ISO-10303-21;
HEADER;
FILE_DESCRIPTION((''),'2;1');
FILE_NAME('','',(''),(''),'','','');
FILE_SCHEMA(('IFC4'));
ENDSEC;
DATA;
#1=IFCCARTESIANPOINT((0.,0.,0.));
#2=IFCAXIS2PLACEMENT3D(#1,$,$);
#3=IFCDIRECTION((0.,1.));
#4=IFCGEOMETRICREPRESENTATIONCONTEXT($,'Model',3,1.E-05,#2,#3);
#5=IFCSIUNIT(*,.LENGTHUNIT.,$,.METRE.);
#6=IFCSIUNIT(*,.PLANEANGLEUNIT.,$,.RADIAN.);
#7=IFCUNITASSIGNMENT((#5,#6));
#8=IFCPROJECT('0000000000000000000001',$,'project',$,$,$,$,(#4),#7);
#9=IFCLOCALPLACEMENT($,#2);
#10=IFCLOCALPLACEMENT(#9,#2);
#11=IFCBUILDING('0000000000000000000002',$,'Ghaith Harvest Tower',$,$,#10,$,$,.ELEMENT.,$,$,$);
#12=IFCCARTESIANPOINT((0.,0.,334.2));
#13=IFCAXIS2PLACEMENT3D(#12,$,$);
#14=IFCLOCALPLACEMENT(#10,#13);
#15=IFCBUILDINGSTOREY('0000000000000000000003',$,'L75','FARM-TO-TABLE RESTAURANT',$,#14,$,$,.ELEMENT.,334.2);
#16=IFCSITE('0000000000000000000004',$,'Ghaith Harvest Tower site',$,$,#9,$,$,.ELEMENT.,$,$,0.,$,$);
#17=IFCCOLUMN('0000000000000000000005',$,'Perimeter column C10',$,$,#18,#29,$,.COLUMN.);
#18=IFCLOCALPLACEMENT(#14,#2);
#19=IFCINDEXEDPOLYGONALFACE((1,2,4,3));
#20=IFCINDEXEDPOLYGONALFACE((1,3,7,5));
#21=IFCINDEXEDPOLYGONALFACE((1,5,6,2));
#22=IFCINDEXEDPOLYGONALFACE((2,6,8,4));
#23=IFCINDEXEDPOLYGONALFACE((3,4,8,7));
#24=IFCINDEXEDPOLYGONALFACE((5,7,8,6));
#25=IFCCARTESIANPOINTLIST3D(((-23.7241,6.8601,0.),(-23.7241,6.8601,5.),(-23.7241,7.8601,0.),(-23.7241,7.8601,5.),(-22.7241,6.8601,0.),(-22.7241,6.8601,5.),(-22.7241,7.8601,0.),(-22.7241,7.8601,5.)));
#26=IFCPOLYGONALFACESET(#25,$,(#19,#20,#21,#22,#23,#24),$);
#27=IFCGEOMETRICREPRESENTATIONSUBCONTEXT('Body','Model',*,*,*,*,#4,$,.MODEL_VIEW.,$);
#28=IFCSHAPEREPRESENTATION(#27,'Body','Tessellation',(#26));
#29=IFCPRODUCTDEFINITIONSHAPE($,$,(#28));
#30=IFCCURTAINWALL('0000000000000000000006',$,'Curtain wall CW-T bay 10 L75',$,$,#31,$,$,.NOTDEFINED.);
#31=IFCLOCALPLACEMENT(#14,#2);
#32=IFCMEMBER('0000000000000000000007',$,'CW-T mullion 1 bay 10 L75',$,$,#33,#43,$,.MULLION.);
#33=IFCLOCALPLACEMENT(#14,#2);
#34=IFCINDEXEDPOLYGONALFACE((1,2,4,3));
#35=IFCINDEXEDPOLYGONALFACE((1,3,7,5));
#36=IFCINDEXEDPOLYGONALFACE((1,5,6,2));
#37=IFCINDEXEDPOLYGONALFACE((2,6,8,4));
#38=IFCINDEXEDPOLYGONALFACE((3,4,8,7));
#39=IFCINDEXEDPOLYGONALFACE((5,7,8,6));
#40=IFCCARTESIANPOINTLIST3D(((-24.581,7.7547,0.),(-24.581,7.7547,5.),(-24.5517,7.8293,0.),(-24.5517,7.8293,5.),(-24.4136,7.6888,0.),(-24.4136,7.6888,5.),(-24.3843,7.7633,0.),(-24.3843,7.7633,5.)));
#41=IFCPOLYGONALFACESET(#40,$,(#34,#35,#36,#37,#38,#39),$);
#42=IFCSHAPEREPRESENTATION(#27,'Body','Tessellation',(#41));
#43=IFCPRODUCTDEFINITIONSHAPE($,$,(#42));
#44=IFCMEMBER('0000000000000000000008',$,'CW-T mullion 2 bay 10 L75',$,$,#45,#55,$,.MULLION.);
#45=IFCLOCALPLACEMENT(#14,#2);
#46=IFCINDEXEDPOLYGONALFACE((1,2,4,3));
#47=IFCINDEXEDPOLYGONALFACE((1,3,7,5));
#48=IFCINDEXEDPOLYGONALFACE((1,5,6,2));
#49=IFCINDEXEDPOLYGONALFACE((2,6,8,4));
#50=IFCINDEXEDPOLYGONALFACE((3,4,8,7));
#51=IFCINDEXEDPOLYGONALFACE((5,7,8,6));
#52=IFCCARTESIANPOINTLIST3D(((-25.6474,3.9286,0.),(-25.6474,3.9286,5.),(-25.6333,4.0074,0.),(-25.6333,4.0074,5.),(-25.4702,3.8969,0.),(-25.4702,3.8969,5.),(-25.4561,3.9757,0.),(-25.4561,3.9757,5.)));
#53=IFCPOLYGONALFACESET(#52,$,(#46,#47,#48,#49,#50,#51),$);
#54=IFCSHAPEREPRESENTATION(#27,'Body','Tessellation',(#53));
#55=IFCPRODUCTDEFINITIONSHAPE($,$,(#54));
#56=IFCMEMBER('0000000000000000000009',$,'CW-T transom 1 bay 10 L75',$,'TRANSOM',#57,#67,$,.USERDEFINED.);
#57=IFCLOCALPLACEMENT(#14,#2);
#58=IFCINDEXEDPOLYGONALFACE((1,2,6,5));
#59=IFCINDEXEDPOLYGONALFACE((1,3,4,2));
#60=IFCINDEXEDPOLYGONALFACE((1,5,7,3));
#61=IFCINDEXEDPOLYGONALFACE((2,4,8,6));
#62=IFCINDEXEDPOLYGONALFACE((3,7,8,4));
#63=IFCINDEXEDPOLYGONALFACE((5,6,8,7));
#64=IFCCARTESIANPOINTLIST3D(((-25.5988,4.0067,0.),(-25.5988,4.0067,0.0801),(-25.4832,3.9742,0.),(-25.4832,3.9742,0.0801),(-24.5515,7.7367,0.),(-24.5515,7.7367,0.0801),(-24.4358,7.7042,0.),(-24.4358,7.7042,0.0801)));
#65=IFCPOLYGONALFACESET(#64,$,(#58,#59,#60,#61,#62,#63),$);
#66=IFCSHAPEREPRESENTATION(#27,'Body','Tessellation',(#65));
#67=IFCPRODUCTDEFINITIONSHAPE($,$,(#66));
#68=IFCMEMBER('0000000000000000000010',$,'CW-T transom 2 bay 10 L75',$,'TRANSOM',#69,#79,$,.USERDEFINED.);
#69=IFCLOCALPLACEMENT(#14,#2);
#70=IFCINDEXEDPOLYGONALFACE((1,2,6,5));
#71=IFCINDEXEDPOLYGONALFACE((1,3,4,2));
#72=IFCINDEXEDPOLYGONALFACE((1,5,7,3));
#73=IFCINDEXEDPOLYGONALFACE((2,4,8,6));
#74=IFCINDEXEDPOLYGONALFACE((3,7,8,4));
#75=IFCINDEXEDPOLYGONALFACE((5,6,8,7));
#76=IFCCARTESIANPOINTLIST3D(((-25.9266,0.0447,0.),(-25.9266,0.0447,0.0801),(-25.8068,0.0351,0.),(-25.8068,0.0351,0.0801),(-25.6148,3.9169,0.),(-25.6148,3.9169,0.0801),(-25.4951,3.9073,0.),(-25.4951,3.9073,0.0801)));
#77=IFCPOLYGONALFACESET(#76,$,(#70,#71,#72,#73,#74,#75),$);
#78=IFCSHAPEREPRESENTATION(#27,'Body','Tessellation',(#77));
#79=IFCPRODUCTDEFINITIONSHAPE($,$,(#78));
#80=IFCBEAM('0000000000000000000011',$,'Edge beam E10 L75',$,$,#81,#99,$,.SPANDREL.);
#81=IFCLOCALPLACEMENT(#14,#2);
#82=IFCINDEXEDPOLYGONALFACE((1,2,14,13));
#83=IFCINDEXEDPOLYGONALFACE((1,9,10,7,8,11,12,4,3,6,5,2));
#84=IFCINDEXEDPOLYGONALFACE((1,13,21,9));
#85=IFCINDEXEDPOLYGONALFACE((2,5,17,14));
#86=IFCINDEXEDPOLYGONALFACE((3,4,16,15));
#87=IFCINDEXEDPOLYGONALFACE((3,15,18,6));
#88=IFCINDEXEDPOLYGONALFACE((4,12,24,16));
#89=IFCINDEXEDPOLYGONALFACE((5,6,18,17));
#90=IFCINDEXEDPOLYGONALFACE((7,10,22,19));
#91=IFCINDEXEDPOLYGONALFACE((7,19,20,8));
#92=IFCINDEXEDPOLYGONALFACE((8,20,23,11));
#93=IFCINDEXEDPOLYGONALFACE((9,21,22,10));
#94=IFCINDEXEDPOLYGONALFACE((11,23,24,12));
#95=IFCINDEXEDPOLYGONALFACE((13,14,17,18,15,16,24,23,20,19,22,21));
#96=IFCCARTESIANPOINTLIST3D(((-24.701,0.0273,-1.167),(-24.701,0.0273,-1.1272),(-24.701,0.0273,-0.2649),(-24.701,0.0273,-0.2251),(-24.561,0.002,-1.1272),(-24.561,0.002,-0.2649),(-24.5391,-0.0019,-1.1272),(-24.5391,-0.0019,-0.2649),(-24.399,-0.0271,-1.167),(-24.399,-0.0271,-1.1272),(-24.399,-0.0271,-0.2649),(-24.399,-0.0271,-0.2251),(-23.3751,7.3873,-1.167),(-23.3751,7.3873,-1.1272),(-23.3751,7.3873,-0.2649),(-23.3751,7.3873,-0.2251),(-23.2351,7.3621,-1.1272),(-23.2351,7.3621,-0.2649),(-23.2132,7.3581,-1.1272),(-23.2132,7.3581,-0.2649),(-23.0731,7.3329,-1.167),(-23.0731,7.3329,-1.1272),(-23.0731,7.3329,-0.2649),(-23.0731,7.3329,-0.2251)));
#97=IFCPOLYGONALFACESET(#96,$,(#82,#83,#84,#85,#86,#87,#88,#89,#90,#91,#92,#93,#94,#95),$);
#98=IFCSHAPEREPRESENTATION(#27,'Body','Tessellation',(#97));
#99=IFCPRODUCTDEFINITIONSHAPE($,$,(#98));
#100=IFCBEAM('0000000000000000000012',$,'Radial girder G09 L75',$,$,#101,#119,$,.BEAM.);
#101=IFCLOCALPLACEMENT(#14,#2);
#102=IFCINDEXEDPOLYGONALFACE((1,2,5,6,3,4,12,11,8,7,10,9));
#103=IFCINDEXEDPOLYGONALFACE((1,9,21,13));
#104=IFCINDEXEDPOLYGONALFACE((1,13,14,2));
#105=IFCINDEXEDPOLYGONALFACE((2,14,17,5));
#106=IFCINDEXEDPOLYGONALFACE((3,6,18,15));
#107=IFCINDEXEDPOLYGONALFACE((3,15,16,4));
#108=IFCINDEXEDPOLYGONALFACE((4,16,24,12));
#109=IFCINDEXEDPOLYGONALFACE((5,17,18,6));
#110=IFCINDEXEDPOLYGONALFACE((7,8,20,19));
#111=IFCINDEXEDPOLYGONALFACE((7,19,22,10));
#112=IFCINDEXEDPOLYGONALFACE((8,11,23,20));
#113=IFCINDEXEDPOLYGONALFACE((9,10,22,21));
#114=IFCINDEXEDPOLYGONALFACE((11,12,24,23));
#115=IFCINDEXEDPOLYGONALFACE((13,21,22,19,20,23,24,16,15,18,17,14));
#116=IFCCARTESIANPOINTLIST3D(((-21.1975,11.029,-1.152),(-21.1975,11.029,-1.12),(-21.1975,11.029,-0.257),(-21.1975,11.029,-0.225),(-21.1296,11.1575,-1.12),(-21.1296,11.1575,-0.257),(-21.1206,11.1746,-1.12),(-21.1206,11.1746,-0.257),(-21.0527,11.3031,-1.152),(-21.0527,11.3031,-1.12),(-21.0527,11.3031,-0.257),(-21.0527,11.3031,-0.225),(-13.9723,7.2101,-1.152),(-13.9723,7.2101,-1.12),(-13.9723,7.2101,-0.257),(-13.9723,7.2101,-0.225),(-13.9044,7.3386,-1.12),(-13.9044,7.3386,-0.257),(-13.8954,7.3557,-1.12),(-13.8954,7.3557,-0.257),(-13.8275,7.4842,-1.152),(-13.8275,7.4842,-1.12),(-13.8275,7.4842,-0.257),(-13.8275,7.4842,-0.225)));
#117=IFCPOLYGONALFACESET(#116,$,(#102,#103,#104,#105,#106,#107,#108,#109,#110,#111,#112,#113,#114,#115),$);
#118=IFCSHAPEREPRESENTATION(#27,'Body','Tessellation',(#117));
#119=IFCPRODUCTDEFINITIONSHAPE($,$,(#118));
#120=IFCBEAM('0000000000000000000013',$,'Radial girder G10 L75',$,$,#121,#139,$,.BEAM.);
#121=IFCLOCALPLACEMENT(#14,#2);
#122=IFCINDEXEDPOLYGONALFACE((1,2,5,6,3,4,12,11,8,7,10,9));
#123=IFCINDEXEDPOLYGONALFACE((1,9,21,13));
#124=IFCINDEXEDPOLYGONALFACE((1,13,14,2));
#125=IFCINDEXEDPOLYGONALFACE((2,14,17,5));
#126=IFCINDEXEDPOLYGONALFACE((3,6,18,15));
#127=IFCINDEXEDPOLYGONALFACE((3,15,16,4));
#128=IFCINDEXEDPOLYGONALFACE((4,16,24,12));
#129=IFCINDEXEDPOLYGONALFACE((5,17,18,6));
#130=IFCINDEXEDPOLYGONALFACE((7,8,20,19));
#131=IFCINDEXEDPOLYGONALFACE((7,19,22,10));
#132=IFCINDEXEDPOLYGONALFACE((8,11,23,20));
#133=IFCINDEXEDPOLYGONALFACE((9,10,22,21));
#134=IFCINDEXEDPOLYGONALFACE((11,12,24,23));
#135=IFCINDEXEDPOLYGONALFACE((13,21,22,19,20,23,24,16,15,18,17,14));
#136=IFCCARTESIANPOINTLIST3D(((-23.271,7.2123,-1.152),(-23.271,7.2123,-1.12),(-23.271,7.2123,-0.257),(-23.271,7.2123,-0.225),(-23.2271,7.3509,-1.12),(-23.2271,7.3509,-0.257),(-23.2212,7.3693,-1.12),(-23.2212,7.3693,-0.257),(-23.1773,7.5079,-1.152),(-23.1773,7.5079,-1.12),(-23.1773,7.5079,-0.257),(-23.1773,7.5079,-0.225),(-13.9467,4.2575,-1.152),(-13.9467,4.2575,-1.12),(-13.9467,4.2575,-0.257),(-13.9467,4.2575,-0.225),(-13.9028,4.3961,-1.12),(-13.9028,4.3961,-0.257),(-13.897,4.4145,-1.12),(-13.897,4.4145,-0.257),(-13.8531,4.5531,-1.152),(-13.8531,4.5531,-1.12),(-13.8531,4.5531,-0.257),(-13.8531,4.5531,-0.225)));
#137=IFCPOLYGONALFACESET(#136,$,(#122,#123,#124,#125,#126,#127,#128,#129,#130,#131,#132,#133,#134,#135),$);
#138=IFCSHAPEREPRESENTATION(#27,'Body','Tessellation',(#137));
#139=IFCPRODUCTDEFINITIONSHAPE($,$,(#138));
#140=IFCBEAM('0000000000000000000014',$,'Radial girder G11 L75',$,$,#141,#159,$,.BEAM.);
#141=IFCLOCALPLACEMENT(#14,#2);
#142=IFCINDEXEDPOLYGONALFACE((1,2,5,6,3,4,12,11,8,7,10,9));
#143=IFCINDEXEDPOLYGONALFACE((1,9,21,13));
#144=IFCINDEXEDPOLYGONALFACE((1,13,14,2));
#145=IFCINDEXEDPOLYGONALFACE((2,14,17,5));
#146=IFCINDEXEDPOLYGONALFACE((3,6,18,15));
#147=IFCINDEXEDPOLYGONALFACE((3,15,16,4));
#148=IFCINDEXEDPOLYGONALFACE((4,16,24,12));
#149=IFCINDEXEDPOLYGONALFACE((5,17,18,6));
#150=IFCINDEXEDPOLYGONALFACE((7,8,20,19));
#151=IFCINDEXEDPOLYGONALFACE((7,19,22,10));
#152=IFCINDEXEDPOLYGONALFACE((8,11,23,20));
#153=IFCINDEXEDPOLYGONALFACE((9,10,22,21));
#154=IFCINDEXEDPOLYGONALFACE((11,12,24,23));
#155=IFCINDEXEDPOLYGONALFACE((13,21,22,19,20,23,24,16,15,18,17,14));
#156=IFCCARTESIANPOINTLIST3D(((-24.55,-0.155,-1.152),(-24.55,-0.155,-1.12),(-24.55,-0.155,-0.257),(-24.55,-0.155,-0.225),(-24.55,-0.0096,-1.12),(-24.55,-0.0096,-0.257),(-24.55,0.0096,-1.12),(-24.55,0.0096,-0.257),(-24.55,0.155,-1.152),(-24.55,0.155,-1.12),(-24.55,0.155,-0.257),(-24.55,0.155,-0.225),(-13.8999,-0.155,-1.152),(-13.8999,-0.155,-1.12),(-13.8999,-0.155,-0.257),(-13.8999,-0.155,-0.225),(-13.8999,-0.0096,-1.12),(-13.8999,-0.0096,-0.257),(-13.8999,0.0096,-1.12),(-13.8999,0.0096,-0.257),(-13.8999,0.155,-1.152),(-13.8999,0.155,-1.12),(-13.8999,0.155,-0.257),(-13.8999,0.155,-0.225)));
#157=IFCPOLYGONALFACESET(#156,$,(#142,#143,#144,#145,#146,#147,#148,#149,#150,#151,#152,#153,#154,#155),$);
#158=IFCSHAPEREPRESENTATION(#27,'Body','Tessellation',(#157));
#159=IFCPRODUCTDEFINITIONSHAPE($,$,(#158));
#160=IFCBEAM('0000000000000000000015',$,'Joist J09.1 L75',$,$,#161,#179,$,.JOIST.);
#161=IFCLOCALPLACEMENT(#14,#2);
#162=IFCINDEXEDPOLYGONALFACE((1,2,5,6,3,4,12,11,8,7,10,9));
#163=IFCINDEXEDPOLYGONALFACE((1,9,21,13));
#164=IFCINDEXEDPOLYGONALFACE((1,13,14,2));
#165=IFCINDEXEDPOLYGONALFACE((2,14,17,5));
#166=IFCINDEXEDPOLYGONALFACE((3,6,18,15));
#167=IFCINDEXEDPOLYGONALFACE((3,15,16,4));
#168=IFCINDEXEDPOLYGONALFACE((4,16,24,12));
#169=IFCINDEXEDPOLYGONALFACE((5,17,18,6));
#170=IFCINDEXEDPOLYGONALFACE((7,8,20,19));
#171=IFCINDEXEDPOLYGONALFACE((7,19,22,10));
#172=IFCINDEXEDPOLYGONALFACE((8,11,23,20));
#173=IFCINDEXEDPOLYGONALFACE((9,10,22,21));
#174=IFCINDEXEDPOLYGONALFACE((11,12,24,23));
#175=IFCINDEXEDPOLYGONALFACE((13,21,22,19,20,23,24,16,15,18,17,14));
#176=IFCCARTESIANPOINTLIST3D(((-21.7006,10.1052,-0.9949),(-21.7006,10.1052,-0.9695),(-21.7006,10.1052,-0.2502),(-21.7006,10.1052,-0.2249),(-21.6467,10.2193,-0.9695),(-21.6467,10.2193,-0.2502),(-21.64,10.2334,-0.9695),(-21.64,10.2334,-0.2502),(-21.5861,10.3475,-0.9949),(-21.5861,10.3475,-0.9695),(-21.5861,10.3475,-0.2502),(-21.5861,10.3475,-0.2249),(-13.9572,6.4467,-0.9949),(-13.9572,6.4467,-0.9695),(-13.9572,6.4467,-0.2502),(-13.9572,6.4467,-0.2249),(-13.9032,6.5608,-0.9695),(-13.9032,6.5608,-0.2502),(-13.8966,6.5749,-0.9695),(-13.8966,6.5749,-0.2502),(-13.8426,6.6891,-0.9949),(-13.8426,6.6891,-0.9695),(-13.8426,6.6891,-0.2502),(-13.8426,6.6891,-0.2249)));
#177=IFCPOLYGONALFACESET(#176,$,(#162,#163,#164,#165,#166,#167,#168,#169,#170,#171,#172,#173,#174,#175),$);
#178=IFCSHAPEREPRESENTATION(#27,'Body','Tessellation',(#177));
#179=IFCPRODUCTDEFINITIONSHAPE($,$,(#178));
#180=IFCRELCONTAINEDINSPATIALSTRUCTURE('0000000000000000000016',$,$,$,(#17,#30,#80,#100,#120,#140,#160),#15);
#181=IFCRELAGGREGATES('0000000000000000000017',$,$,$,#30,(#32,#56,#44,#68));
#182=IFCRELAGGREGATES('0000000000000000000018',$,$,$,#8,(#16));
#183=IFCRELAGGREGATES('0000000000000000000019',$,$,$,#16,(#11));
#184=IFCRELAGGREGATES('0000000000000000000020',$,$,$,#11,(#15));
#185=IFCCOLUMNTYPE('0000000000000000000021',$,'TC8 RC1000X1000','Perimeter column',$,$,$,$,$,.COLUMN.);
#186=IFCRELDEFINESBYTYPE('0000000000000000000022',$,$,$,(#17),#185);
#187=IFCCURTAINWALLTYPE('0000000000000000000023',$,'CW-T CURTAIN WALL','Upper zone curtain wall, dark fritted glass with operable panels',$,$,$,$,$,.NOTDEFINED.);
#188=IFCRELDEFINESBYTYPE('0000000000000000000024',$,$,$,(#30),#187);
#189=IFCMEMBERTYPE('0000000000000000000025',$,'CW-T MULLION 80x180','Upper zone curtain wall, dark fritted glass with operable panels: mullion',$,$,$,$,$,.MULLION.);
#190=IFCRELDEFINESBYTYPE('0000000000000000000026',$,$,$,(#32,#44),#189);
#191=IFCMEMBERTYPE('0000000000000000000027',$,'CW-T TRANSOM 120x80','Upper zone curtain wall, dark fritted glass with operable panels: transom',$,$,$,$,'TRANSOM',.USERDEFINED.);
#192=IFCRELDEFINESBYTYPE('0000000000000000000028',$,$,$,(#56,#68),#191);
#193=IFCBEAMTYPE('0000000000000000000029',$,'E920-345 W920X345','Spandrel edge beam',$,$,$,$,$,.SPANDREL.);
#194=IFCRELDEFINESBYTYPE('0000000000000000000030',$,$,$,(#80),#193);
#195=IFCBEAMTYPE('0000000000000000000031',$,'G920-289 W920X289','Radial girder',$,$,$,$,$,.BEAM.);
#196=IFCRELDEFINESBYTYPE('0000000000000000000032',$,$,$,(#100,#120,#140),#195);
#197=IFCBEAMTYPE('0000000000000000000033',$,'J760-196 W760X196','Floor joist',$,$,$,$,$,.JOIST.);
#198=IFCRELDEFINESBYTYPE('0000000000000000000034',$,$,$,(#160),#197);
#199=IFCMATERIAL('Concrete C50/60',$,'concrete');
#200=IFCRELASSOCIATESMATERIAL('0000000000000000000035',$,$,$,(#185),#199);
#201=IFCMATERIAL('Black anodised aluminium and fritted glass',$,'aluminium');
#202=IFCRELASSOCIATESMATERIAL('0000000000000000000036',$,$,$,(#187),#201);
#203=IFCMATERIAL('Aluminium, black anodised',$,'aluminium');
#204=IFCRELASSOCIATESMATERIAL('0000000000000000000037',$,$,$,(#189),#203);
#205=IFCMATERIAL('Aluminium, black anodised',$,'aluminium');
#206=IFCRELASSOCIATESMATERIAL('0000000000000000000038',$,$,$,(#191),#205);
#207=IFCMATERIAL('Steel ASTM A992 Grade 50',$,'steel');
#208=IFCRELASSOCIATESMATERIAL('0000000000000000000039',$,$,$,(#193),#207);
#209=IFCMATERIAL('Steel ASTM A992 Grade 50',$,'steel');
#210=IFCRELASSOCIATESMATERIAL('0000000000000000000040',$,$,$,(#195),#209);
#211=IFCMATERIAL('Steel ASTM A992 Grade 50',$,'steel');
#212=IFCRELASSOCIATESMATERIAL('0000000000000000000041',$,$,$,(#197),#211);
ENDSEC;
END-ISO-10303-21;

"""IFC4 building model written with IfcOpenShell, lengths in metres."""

from ifc_helpers import new_model, si_unit, direction, frame, origin, origin_2d, place, context, subcontext, project, spatial, rectangle, i_section, extrude, material, material_profile, profile_set, type_object, element, aggregate, save


model = new_model("IFC4")

# Units and contexts
model_context = context("Model", 3, precision=1e-05, world=origin(), true_north=direction((0.0, 1.0)))
body_context = subcontext(model_context, "Body", "Model", "MODEL_VIEW")
ifc_project = project(units=[si_unit("LENGTHUNIT", "METRE"), si_unit("PLANEANGLEUNIT", "RADIAN")], contexts=[model_context])

# Site, building, storey
site_placement = place(None, origin())
site = spatial("IfcSite", under=ifc_project, at=site_placement, Name="Ghaith Harvest Tower site", CompositionType="ELEMENT", RefElevation=0.0)
building_placement = place(site_placement, origin())
building = spatial("IfcBuilding", under=site, at=building_placement, Name="Ghaith Harvest Tower", CompositionType="ELEMENT")
storey_placement = place(building_placement, frame((0.0, 0.0, 334.2)))
storey = spatial("IfcBuildingStorey", under=building, at=storey_placement, Name="L75", Description="FARM-TO-TABLE RESTAURANT", CompositionType="ELEMENT", Elevation=334.2)

# Column
ifc_material_1 = material(Name="Concrete C50/60", Category="concrete")
ifc_material_profile_1 = material_profile(ifc_material_1, rectangle(XDim=1.0, YDim=1.0, at=origin_2d()), Name="RC1000X1000")
ifc_profile_set_1 = profile_set([ifc_material_profile_1], Name="Concrete C50/60")
column_type = type_object("IfcColumnType", Name="TC8 RC1000X1000", Description="Perimeter column", PredefinedType="COLUMN", material=ifc_profile_set_1)
column_placement = place(storey_placement, frame((-23.2241, 7.3601, 0.0), z_axis=(0.0, 0.0, 1.0), x_axis=(1.0, 0.0, 0.0)))
element("IfcColumn", 1, at=column_placement, inside=storey, type_object=column_type, Name="Perimeter column C10", PredefinedType="COLUMN", context=body_context, shape_type="SweptSolid", body=[
    extrude(rectangle(XDim=1.0, YDim=1.0, at=origin_2d()), origin(), (0.0, 0.0, 1.0), 5.0),
])

# Curtain wall, members
ifc_material_2 = material(Name="Black anodised aluminium and fritted glass", Category="aluminium")
curtain_wall_type = type_object("IfcCurtainWallType", Name="CW-T CURTAIN WALL", Description="Upper zone curtain wall, dark fritted glass with operable panels", PredefinedType="NOTDEFINED", material=ifc_material_2)
curtain_wall_placement = place(storey_placement, origin())
curtain_wall = element("IfcCurtainWall", 2, at=curtain_wall_placement, inside=storey, type_object=curtain_wall_type, Name="Curtain wall CW-T bay 10 L75", PredefinedType="NOTDEFINED")
ifc_material_3 = material(Name="Aluminium, black anodised", Category="aluminium")
ifc_material_profile_2 = material_profile(ifc_material_3, rectangle(XDim=0.0801, YDim=0.1799, at=origin_2d()), Name="CW-T MULLION 80x180")
ifc_profile_set_2 = profile_set([ifc_material_profile_2], Name="Aluminium, black anodised")
member_type_1 = type_object("IfcMemberType", Name="CW-T MULLION 80x180", Description="Upper zone curtain wall, dark fritted glass with operable panels: mullion", PredefinedType="MULLION", material=ifc_profile_set_2)
member_1_placement = place(storey_placement, frame((-24.4827, 7.759, 0.0), z_axis=(0.0, 0.0, 1.0), x_axis=(-0.366473, -0.930429, 0.0)))
member_1 = element("IfcMember", 3, at=member_1_placement, type_object=member_type_1, Name="CW-T mullion 1 bay 10 L75", PredefinedType="MULLION", context=body_context, shape_type="SweptSolid", body=[
    extrude(rectangle(XDim=0.0801, YDim=0.1799, at=origin_2d()), origin(), (0.0, 0.0, 1.0), 5.0),
])
member_2_placement = place(storey_placement, frame((-25.5518, 3.9521, 0.0), z_axis=(0.0, 0.0, 1.0), x_axis=(-0.176001, -0.98439, 0.0)))
member_2 = element("IfcMember", 4, at=member_2_placement, type_object=member_type_1, Name="CW-T mullion 2 bay 10 L75", PredefinedType="MULLION", context=body_context, shape_type="SweptSolid", body=[
    extrude(rectangle(XDim=0.0801, YDim=0.1799, at=origin_2d()), origin(), (0.0, 0.0, 1.0), 5.0),
])
ifc_material_4 = material(Name="Aluminium, black anodised", Category="aluminium")
ifc_material_profile_3 = material_profile(ifc_material_4, rectangle(XDim=0.1201, YDim=0.0801, at=origin_2d()), Name="CW-T TRANSOM 120x80")
ifc_profile_set_3 = profile_set([ifc_material_profile_3], Name="Aluminium, black anodised")
member_type_2 = type_object("IfcMemberType", Name="CW-T TRANSOM 120x80", Description="Upper zone curtain wall, dark fritted glass with operable panels: transom", ElementType="TRANSOM", PredefinedType="USERDEFINED", material=ifc_profile_set_3)
member_3_placement = place(storey_placement, frame((-24.4937, 7.7205, 0.04), z_axis=(-0.27034, -0.962765, 0.0), x_axis=(0.962765, -0.27034, 0.0)))
member_3 = element("IfcMember", 5, at=member_3_placement, type_object=member_type_2, Name="CW-T transom 1 bay 10 L75", ObjectType="TRANSOM", PredefinedType="USERDEFINED", context=body_context, shape_type="SweptSolid", body=[
    extrude(rectangle(XDim=0.1201, YDim=0.0801, at=origin_2d()), origin(), (0.0, 0.0, 1.0), 3.8743),
])
member_4_placement = place(storey_placement, frame((-25.5549, 3.9121, 0.04), z_axis=(-0.080252, -0.996775, 0.0), x_axis=(0.996775, -0.080252, 0.0)))
member_4 = element("IfcMember", 6, at=member_4_placement, type_object=member_type_2, Name="CW-T transom 2 bay 10 L75", ObjectType="TRANSOM", PredefinedType="USERDEFINED", context=body_context, shape_type="SweptSolid", body=[
    extrude(rectangle(XDim=0.1201, YDim=0.0801, at=origin_2d()), origin(), (0.0, 0.0, 1.0), 3.8848),
])

# Beams
ifc_material_5 = material(Name="Steel ASTM A992 Grade 50", Category="steel")
ifc_material_profile_4 = material_profile(ifc_material_5, i_section(OverallWidth=0.3069, OverallDepth=0.9419, WebThickness=0.0222, FlangeThickness=0.0398, at=origin_2d()), Name="W920X345")
ifc_profile_set_4 = profile_set([ifc_material_profile_4], Name="Steel ASTM A992 Grade 50")
beam_type_1 = type_object("IfcBeamType", Name="E920-345 W920X345", Description="Spandrel edge beam", PredefinedType="SPANDREL", material=ifc_profile_set_4)
beam_1_placement = place(storey_placement, frame((-23.2241, 7.3601, -0.696), z_axis=(-0.177297, -0.984157, 0.0), x_axis=(0.984157, -0.177297, 0.0)))
element("IfcBeam", 7, at=beam_1_placement, inside=storey, type_object=beam_type_1, Name="Edge beam E10 L75", PredefinedType="SPANDREL", context=body_context, shape_type="SweptSolid", body=[
    extrude(i_section(OverallWidth=0.3069, OverallDepth=0.9419, WebThickness=0.0222, FlangeThickness=0.0398, at=origin_2d()), origin(), (0.0, 0.0, 1.0), 7.4785),
])
ifc_material_6 = material(Name="Steel ASTM A992 Grade 50", Category="steel")
ifc_material_profile_5 = material_profile(ifc_material_6, i_section(OverallWidth=0.3101, OverallDepth=0.927, WebThickness=0.0193, FlangeThickness=0.032, at=origin_2d()), Name="W920X289")
ifc_profile_set_5 = profile_set([ifc_material_profile_5], Name="Steel ASTM A992 Grade 50")
beam_type_2 = type_object("IfcBeamType", Name="G920-289 W920X289", Description="Radial girder", PredefinedType="BEAM", material=ifc_profile_set_5)
beam_2_placement = place(storey_placement, frame((-13.8999, 7.3472, -0.6885), z_axis=(-0.884102, 0.467295, 0.0), x_axis=(-0.467295, -0.884102, 0.0)))
element("IfcBeam", 8, at=beam_2_placement, inside=storey, type_object=beam_type_2, Name="Radial girder G09 L75", PredefinedType="BEAM", context=body_context, shape_type="SweptSolid", body=[
    extrude(i_section(OverallWidth=0.3101, OverallDepth=0.927, WebThickness=0.0193, FlangeThickness=0.032, at=origin_2d()), origin(), (0.0, 0.0, 1.0), 8.1724),
])
beam_3_placement = place(storey_placement, frame((-13.8999, 4.4053, -0.6885), z_axis=(-0.953279, 0.302093, 0.0), x_axis=(-0.302093, -0.953279, 0.0)))
element("IfcBeam", 9, at=beam_3_placement, inside=storey, type_object=beam_type_2, Name="Radial girder G10 L75", PredefinedType="BEAM", context=body_context, shape_type="SweptSolid", body=[
    extrude(i_section(OverallWidth=0.3101, OverallDepth=0.927, WebThickness=0.0193, FlangeThickness=0.032, at=origin_2d()), origin(), (0.0, 0.0, 1.0), 9.7812),
])
beam_4_placement = place(storey_placement, frame((-13.8999, 0.0, -0.6885), z_axis=(-1.0, 0.0, 0.0), x_axis=(0.0, -1.0, 0.0)))
element("IfcBeam", 10, at=beam_4_placement, inside=storey, type_object=beam_type_2, Name="Radial girder G11 L75", PredefinedType="BEAM", context=body_context, shape_type="SweptSolid", body=[
    extrude(i_section(OverallWidth=0.3101, OverallDepth=0.927, WebThickness=0.0193, FlangeThickness=0.032, at=origin_2d()), origin(), (0.0, 0.0, 1.0), 10.6501),
])
ifc_material_7 = material(Name="Steel ASTM A992 Grade 50", Category="steel")
ifc_material_profile_6 = material_profile(ifc_material_7, i_section(OverallWidth=0.2681, OverallDepth=0.77, WebThickness=0.0156, FlangeThickness=0.0254, at=origin_2d()), Name="W760X196")
ifc_profile_set_6 = profile_set([ifc_material_profile_6], Name="Steel ASTM A992 Grade 50")
beam_type_3 = type_object("IfcBeamType", Name="J760-196 W760X196", Description="Floor joist", PredefinedType="JOIST", material=ifc_profile_set_6)
beam_5_placement = place(storey_placement, frame((-13.8999, 6.5679, -0.6099), z_axis=(-0.904166, 0.427182, 0.0), x_axis=(-0.427182, -0.904166, 0.0)))
element("IfcBeam", 11, at=beam_5_placement, inside=storey, type_object=beam_type_3, Name="Joist J09.1 L75", PredefinedType="JOIST", context=body_context, shape_type="SweptSolid", body=[
    extrude(i_section(OverallWidth=0.2681, OverallDepth=0.77, WebThickness=0.0156, FlangeThickness=0.0254, at=origin_2d()), origin(), (0.0, 0.0, 1.0), 8.5642),
])

aggregate(curtain_wall, [member_1, member_3, member_2, member_4])

save(model, "model.ifc")
